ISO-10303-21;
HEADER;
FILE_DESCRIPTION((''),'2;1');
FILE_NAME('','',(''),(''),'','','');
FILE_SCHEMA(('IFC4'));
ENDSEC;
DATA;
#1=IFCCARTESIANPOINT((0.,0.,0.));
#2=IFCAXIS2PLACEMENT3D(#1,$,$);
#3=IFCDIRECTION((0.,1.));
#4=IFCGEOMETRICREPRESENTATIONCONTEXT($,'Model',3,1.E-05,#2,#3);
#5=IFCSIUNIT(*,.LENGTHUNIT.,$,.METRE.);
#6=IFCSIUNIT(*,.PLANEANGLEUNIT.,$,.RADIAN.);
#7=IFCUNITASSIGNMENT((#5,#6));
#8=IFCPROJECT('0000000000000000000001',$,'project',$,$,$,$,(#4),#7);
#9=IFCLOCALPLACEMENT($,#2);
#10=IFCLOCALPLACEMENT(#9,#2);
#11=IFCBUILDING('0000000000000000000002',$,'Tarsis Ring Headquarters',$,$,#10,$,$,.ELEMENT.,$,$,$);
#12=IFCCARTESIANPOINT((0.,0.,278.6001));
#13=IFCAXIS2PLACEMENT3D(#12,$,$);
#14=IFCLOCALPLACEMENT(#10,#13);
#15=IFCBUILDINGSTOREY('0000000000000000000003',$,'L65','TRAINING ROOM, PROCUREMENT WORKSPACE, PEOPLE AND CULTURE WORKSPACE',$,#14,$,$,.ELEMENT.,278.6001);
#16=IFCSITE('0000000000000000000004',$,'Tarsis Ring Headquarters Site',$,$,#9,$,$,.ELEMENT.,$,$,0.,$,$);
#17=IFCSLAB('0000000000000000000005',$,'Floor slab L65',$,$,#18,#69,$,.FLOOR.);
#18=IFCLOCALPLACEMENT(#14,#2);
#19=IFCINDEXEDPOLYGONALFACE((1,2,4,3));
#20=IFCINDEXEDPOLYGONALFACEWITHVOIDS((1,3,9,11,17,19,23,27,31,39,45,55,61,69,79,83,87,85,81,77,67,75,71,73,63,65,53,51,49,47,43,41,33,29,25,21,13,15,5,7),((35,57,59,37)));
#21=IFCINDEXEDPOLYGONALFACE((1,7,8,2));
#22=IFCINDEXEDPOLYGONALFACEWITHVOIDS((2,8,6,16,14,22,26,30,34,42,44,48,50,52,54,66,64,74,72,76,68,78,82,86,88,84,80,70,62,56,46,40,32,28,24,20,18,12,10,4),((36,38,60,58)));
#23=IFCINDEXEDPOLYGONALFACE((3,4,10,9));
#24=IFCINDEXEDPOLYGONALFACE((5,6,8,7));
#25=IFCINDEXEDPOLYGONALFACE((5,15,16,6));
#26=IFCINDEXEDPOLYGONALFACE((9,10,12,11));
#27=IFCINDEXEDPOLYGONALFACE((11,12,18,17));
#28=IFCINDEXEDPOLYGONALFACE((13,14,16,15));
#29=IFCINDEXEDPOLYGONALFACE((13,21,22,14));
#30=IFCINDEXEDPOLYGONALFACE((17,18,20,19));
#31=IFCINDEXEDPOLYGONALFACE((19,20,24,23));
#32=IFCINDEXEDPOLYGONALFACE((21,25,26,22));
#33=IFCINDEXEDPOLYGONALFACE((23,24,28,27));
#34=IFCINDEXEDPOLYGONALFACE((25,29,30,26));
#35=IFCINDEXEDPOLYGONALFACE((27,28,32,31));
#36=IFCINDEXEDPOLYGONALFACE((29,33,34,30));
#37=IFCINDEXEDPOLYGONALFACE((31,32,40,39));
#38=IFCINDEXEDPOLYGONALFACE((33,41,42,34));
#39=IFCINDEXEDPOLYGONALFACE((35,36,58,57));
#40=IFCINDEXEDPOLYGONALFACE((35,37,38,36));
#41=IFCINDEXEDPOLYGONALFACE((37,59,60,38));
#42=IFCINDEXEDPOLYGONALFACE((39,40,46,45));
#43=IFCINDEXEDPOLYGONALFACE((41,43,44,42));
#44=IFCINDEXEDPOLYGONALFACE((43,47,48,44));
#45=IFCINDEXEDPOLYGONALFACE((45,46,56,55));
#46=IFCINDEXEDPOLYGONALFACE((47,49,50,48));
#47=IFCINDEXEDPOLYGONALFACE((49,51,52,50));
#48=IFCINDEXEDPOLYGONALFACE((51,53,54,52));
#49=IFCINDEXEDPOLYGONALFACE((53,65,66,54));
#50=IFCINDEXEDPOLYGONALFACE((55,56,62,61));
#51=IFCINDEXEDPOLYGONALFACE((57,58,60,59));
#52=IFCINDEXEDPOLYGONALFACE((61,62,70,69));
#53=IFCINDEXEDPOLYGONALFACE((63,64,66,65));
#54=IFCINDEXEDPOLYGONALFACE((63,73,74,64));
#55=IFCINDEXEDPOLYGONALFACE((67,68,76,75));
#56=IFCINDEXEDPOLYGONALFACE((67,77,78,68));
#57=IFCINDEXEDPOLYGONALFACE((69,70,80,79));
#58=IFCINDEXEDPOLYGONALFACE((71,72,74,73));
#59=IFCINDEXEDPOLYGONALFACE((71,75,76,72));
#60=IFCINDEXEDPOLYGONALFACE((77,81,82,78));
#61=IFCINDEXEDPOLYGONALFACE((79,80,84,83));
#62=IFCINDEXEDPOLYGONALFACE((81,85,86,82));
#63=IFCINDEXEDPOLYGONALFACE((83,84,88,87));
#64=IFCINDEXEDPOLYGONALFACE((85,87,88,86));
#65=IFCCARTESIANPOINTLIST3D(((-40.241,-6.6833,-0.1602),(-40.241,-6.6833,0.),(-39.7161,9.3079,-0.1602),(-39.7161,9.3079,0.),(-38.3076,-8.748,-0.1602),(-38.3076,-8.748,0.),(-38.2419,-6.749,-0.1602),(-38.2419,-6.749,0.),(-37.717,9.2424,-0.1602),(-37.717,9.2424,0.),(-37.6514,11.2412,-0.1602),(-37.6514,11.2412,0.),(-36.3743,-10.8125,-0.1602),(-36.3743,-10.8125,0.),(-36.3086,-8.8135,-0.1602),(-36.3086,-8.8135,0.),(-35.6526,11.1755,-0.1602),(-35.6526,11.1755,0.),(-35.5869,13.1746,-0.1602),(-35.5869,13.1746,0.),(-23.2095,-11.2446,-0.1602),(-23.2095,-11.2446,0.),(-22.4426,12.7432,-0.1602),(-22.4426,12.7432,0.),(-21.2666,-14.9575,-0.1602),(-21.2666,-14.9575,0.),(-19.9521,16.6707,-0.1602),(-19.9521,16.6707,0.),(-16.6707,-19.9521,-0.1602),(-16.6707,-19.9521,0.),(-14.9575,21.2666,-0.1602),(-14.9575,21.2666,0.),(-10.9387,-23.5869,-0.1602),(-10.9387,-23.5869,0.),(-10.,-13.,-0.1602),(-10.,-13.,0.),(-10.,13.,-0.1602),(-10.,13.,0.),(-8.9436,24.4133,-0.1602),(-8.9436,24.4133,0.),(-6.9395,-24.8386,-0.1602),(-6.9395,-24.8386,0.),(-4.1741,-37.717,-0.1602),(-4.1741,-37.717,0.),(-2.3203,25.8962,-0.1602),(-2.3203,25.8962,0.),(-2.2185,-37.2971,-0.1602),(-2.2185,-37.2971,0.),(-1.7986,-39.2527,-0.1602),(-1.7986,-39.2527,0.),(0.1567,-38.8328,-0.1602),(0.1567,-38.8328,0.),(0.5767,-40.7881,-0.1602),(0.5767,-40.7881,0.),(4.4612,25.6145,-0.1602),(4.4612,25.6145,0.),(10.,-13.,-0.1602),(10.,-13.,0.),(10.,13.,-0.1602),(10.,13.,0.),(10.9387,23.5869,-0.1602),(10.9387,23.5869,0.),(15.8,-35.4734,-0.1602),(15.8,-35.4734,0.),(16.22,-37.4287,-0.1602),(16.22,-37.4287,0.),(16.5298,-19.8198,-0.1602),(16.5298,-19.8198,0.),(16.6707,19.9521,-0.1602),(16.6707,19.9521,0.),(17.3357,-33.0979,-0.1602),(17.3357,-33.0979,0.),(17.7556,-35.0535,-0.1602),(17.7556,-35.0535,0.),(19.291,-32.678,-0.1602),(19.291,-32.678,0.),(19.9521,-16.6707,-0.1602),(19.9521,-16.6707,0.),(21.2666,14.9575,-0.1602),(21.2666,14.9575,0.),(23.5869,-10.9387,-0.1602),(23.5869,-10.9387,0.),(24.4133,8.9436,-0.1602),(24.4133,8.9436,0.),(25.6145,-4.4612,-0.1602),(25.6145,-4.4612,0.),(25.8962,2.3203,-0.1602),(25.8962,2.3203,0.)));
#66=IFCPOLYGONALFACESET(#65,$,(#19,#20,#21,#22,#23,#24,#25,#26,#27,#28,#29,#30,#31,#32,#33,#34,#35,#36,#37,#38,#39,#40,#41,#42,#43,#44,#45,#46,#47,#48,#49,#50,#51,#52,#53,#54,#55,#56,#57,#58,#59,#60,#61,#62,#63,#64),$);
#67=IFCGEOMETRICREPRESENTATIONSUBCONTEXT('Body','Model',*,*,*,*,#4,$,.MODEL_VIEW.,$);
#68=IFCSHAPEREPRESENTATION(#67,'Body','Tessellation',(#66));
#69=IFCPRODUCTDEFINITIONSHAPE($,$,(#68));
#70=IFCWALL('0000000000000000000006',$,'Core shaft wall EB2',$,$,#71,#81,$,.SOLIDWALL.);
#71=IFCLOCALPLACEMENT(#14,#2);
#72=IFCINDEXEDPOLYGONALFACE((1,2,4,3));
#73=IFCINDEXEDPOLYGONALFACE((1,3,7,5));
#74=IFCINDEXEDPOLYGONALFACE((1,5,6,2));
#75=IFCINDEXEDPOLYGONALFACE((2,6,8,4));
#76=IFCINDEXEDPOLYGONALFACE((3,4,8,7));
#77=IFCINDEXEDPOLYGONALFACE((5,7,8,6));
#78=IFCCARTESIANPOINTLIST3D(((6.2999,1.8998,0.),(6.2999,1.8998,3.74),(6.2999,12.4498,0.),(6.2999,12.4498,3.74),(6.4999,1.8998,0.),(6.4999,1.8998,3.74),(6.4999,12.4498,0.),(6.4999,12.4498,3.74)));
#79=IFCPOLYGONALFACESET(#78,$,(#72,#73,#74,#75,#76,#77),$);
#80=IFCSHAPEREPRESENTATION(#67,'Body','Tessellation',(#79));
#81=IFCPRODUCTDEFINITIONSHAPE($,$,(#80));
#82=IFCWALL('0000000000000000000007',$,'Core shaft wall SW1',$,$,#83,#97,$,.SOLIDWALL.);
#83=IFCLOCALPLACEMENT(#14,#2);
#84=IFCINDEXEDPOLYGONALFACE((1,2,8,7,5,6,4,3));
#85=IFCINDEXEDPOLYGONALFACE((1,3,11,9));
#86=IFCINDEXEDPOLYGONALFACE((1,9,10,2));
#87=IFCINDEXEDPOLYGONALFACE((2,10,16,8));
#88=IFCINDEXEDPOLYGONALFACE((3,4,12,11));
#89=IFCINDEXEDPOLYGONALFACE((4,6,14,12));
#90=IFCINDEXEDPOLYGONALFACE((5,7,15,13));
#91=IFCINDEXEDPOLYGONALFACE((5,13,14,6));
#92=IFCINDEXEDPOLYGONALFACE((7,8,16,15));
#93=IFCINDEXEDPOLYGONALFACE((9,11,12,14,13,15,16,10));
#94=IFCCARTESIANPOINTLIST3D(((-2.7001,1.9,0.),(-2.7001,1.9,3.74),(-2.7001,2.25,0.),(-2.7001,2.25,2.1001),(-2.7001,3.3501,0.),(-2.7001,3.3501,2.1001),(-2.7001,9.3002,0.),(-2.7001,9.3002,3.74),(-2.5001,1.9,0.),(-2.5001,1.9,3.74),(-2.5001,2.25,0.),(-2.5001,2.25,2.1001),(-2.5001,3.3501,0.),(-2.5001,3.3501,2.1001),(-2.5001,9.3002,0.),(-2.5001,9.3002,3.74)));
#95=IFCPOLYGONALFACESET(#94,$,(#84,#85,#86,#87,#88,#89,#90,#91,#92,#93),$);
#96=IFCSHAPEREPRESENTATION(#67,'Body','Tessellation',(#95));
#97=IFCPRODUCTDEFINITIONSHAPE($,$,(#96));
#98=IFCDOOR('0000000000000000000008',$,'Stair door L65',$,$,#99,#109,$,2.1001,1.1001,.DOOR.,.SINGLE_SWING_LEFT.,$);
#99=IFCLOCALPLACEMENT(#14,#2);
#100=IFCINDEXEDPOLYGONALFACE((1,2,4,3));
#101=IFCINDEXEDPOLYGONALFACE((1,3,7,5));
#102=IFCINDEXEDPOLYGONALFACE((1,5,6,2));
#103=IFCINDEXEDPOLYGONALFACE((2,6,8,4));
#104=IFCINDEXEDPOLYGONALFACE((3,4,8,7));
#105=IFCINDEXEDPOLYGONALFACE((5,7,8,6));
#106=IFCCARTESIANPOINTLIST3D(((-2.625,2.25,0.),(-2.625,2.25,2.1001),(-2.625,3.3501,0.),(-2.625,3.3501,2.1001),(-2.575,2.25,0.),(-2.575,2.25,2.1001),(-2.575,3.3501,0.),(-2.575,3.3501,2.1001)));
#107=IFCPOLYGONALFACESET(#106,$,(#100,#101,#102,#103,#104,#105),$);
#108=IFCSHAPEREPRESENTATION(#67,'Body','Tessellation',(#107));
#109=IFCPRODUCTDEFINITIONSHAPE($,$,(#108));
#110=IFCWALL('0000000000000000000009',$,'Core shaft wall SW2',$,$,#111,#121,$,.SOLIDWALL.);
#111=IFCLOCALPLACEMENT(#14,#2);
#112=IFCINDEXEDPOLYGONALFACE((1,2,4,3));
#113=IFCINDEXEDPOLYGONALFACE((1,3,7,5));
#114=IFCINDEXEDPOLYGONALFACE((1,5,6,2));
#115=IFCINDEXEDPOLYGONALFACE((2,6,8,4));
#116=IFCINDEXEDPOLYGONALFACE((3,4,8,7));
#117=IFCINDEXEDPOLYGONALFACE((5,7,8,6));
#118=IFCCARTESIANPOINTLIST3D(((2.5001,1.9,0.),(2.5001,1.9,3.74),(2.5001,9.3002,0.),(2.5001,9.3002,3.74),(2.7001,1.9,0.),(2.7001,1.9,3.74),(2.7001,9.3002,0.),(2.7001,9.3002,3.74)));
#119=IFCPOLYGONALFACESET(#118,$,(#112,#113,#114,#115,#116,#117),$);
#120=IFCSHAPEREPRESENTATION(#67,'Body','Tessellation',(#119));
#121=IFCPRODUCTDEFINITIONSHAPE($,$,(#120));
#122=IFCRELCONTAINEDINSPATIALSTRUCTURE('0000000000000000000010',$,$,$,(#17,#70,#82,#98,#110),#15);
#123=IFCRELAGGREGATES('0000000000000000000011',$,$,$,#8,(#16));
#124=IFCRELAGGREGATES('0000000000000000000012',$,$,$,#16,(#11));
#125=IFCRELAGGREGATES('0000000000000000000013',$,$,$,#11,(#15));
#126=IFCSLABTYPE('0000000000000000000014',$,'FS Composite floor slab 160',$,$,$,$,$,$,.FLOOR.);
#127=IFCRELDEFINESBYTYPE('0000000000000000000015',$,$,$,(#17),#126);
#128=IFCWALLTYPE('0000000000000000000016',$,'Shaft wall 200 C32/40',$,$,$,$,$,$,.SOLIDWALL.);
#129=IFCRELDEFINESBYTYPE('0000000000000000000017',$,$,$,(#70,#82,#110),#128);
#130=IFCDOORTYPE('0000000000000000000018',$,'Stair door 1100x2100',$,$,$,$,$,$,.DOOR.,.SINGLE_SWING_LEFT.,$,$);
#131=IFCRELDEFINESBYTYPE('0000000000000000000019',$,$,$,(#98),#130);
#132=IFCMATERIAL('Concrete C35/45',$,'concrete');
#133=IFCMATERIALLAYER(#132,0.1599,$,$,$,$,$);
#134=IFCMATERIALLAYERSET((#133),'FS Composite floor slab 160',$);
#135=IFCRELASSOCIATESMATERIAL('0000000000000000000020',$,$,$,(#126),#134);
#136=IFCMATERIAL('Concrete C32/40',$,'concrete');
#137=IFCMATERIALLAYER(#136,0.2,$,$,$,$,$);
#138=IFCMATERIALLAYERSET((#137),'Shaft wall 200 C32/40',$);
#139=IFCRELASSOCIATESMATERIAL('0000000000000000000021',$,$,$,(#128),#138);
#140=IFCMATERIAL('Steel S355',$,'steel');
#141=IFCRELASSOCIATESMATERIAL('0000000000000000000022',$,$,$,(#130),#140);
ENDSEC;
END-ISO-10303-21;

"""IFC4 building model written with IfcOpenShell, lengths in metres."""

from ifc_helpers import new_model, si_unit, direction, frame, frame_2d, origin, place, context, subcontext, project, spatial, polyline, rectangle, outline, extrude, material, layer, layer_set, type_object, element, fill, save


model = new_model("IFC4")

# Units and contexts
model_context = context("Model", 3, precision=1e-05, world=origin(), true_north=direction((0.0, 1.0)))
body_context = subcontext(model_context, "Body", "Model", "MODEL_VIEW")
ifc_project = project(units=[si_unit("LENGTHUNIT", "METRE"), si_unit("PLANEANGLEUNIT", "RADIAN")], contexts=[model_context])

# Site, building, storey
site_placement = place(None, origin())
site = spatial("IfcSite", under=ifc_project, at=site_placement, Name="Tarsis Ring Headquarters Site", CompositionType="ELEMENT", RefElevation=0.0)
building_placement = place(site_placement, origin())
building = spatial("IfcBuilding", under=site, at=building_placement, Name="Tarsis Ring Headquarters", CompositionType="ELEMENT")
storey_placement = place(building_placement, frame((0.0, 0.0, 278.6001)))
storey = spatial("IfcBuildingStorey", under=building, at=storey_placement, Name="L65", Description="TRAINING ROOM, PROCUREMENT WORKSPACE, PEOPLE AND CULTURE WORKSPACE", CompositionType="ELEMENT", Elevation=278.6001)

# Slab
ifc_material_1 = material(Name="Concrete C35/45", Category="concrete")
ifc_layer_1 = layer(ifc_material_1, 0.1599)
ifc_layer_set_1 = layer_set([ifc_layer_1], Name="FS Composite floor slab 160")
slab_type_1 = type_object("IfcSlabType", Name="FS Composite floor slab 160", PredefinedType="FLOOR", material=ifc_layer_set_1)
slab_1_placement = place(storey_placement, frame((0.0, 0.0, -0.1602)))
element("IfcSlab", 1, at=slab_1_placement, inside=storey, type_object=slab_type_1, Name="Floor slab L65", PredefinedType="FLOOR", context=body_context, shape_type="SweptSolid", body=[
    extrude(outline(polyline([(-23.2095, -11.2446), (-21.2666, -14.9575), (-16.6707, -19.9521), (-10.9387, -23.5869), (-6.9395, -24.8386), (-4.1741, -37.717), (-2.2185, -37.2971), (-1.7986, -39.2527), (0.1567, -38.8328), (0.5767, -40.7881), (16.22, -37.4287), (15.8, -35.4734), (17.7556, -35.0535), (17.3357, -33.0979), (19.291, -32.678), (16.5298, -19.8198), (19.9521, -16.6707), (23.5869, -10.9387), (25.6145, -4.4612), (25.8962, 2.3203), (24.4133, 8.9436), (21.2666, 14.9575), (16.6707, 19.9521), (10.9387, 23.5869), (4.4612, 25.6145), (-2.3203, 25.8962), (-8.9436, 24.4133), (-14.9575, 21.2666), (-19.9521, 16.6707), (-22.4426, 12.7432), (-35.5869, 13.1746), (-35.6526, 11.1755), (-37.6514, 11.2412), (-37.717, 9.2424), (-39.7161, 9.3079), (-40.241, -6.6833), (-38.2419, -6.749), (-38.3076, -8.748), (-36.3086, -8.8135), (-36.3743, -10.8125), (-23.2095, -11.2446)]), holes=[polyline([(-10.0, -13.0), (-10.0, 13.0), (10.0, 13.0), (10.0, -13.0), (-10.0, -13.0)])]), origin(), (0.0, 0.0, 1.0), 0.1602),
])

# Wall
ifc_material_2 = material(Name="Concrete C32/40", Category="concrete")
ifc_layer_2 = layer(ifc_material_2, 0.2)
ifc_layer_set_2 = layer_set([ifc_layer_2], Name="Shaft wall 200 C32/40")
wall_type = type_object("IfcWallType", Name="Shaft wall 200 C32/40", PredefinedType="SOLIDWALL", material=ifc_layer_set_2)
wall_1_placement = place(storey_placement, frame((6.3999, 1.8999, 0.0), z_axis=(0.0, 0.0, 1.0), x_axis=(0.0, 1.0, 0.0)))
element("IfcWall", 2, at=wall_1_placement, inside=storey, type_object=wall_type, Name="Core shaft wall EB2", PredefinedType="SOLIDWALL", context=body_context, shape_type="SweptSolid", body=[
    extrude(rectangle(XDim=10.55, YDim=0.2, at=frame_2d((5.2749, 0.0))), origin(), (0.0, 0.0, 1.0), 3.74),
])

# Wall, opening, door
wall_2_placement = place(storey_placement, frame((-2.6001, 1.8999, 0.0), z_axis=(0.0, 0.0, 1.0), x_axis=(0.0, 1.0, 0.0)))
wall_2 = element("IfcWall", 3, at=wall_2_placement, inside=storey, type_object=wall_type, Name="Core shaft wall SW1", PredefinedType="SOLIDWALL", context=body_context, shape_type="SweptSolid", body=[
    extrude(rectangle(XDim=7.4001, YDim=0.2, at=frame_2d((3.7002, 0.0))), origin(), (0.0, 0.0, 1.0), 3.74),
])
opening_placement = place(wall_2_placement, frame((0.3501, 0.0, 0.0)))
opening = element("IfcOpeningElement", 4, at=opening_placement, cuts=wall_2, PredefinedType="OPENING", context=body_context, shape_type="SweptSolid", body=[
    extrude(rectangle(XDim=1.1001, YDim=2.1001, at=frame_2d((0.55, 1.05))), frame((0.0, 0.1099, 0.0), z_axis=(0.0, -1.0, 0.0), x_axis=(1.0, 0.0, 0.0)), (0.0, 0.0, 1.0), 0.22),
])
ifc_material_3 = material(Name="Steel S355", Category="steel")
door_type = type_object("IfcDoorType", Name="Stair door 1100x2100", OperationType="SINGLE_SWING_LEFT", PredefinedType="DOOR", material=ifc_material_3)
door_placement = place(opening_placement, origin())
door = element("IfcDoor", 5, at=door_placement, inside=storey, type_object=door_type, Name="Stair door L65", OperationType="SINGLE_SWING_LEFT", OverallHeight=2.1001, OverallWidth=1.1001, PredefinedType="DOOR", context=body_context, shape_type="SweptSolid", body=[
    extrude(rectangle(XDim=1.1001, YDim=2.1001, at=frame_2d((0.55, 1.05))), frame((0.0, 0.0249, 0.0), z_axis=(0.0, -1.0, 0.0), x_axis=(1.0, 0.0, 0.0)), (0.0, 0.0, 1.0), 0.05),
])
fill(opening, door)

# Wall
wall_3_placement = place(storey_placement, frame((2.6001, 1.8999, 0.0), z_axis=(0.0, 0.0, 1.0), x_axis=(0.0, 1.0, 0.0)))
element("IfcWall", 6, at=wall_3_placement, inside=storey, type_object=wall_type, Name="Core shaft wall SW2", PredefinedType="SOLIDWALL", context=body_context, shape_type="SweptSolid", body=[
    extrude(rectangle(XDim=7.4001, YDim=0.2, at=frame_2d((3.7002, 0.0))), origin(), (0.0, 0.0, 1.0), 3.74),
])

save(model, "model.ifc")
